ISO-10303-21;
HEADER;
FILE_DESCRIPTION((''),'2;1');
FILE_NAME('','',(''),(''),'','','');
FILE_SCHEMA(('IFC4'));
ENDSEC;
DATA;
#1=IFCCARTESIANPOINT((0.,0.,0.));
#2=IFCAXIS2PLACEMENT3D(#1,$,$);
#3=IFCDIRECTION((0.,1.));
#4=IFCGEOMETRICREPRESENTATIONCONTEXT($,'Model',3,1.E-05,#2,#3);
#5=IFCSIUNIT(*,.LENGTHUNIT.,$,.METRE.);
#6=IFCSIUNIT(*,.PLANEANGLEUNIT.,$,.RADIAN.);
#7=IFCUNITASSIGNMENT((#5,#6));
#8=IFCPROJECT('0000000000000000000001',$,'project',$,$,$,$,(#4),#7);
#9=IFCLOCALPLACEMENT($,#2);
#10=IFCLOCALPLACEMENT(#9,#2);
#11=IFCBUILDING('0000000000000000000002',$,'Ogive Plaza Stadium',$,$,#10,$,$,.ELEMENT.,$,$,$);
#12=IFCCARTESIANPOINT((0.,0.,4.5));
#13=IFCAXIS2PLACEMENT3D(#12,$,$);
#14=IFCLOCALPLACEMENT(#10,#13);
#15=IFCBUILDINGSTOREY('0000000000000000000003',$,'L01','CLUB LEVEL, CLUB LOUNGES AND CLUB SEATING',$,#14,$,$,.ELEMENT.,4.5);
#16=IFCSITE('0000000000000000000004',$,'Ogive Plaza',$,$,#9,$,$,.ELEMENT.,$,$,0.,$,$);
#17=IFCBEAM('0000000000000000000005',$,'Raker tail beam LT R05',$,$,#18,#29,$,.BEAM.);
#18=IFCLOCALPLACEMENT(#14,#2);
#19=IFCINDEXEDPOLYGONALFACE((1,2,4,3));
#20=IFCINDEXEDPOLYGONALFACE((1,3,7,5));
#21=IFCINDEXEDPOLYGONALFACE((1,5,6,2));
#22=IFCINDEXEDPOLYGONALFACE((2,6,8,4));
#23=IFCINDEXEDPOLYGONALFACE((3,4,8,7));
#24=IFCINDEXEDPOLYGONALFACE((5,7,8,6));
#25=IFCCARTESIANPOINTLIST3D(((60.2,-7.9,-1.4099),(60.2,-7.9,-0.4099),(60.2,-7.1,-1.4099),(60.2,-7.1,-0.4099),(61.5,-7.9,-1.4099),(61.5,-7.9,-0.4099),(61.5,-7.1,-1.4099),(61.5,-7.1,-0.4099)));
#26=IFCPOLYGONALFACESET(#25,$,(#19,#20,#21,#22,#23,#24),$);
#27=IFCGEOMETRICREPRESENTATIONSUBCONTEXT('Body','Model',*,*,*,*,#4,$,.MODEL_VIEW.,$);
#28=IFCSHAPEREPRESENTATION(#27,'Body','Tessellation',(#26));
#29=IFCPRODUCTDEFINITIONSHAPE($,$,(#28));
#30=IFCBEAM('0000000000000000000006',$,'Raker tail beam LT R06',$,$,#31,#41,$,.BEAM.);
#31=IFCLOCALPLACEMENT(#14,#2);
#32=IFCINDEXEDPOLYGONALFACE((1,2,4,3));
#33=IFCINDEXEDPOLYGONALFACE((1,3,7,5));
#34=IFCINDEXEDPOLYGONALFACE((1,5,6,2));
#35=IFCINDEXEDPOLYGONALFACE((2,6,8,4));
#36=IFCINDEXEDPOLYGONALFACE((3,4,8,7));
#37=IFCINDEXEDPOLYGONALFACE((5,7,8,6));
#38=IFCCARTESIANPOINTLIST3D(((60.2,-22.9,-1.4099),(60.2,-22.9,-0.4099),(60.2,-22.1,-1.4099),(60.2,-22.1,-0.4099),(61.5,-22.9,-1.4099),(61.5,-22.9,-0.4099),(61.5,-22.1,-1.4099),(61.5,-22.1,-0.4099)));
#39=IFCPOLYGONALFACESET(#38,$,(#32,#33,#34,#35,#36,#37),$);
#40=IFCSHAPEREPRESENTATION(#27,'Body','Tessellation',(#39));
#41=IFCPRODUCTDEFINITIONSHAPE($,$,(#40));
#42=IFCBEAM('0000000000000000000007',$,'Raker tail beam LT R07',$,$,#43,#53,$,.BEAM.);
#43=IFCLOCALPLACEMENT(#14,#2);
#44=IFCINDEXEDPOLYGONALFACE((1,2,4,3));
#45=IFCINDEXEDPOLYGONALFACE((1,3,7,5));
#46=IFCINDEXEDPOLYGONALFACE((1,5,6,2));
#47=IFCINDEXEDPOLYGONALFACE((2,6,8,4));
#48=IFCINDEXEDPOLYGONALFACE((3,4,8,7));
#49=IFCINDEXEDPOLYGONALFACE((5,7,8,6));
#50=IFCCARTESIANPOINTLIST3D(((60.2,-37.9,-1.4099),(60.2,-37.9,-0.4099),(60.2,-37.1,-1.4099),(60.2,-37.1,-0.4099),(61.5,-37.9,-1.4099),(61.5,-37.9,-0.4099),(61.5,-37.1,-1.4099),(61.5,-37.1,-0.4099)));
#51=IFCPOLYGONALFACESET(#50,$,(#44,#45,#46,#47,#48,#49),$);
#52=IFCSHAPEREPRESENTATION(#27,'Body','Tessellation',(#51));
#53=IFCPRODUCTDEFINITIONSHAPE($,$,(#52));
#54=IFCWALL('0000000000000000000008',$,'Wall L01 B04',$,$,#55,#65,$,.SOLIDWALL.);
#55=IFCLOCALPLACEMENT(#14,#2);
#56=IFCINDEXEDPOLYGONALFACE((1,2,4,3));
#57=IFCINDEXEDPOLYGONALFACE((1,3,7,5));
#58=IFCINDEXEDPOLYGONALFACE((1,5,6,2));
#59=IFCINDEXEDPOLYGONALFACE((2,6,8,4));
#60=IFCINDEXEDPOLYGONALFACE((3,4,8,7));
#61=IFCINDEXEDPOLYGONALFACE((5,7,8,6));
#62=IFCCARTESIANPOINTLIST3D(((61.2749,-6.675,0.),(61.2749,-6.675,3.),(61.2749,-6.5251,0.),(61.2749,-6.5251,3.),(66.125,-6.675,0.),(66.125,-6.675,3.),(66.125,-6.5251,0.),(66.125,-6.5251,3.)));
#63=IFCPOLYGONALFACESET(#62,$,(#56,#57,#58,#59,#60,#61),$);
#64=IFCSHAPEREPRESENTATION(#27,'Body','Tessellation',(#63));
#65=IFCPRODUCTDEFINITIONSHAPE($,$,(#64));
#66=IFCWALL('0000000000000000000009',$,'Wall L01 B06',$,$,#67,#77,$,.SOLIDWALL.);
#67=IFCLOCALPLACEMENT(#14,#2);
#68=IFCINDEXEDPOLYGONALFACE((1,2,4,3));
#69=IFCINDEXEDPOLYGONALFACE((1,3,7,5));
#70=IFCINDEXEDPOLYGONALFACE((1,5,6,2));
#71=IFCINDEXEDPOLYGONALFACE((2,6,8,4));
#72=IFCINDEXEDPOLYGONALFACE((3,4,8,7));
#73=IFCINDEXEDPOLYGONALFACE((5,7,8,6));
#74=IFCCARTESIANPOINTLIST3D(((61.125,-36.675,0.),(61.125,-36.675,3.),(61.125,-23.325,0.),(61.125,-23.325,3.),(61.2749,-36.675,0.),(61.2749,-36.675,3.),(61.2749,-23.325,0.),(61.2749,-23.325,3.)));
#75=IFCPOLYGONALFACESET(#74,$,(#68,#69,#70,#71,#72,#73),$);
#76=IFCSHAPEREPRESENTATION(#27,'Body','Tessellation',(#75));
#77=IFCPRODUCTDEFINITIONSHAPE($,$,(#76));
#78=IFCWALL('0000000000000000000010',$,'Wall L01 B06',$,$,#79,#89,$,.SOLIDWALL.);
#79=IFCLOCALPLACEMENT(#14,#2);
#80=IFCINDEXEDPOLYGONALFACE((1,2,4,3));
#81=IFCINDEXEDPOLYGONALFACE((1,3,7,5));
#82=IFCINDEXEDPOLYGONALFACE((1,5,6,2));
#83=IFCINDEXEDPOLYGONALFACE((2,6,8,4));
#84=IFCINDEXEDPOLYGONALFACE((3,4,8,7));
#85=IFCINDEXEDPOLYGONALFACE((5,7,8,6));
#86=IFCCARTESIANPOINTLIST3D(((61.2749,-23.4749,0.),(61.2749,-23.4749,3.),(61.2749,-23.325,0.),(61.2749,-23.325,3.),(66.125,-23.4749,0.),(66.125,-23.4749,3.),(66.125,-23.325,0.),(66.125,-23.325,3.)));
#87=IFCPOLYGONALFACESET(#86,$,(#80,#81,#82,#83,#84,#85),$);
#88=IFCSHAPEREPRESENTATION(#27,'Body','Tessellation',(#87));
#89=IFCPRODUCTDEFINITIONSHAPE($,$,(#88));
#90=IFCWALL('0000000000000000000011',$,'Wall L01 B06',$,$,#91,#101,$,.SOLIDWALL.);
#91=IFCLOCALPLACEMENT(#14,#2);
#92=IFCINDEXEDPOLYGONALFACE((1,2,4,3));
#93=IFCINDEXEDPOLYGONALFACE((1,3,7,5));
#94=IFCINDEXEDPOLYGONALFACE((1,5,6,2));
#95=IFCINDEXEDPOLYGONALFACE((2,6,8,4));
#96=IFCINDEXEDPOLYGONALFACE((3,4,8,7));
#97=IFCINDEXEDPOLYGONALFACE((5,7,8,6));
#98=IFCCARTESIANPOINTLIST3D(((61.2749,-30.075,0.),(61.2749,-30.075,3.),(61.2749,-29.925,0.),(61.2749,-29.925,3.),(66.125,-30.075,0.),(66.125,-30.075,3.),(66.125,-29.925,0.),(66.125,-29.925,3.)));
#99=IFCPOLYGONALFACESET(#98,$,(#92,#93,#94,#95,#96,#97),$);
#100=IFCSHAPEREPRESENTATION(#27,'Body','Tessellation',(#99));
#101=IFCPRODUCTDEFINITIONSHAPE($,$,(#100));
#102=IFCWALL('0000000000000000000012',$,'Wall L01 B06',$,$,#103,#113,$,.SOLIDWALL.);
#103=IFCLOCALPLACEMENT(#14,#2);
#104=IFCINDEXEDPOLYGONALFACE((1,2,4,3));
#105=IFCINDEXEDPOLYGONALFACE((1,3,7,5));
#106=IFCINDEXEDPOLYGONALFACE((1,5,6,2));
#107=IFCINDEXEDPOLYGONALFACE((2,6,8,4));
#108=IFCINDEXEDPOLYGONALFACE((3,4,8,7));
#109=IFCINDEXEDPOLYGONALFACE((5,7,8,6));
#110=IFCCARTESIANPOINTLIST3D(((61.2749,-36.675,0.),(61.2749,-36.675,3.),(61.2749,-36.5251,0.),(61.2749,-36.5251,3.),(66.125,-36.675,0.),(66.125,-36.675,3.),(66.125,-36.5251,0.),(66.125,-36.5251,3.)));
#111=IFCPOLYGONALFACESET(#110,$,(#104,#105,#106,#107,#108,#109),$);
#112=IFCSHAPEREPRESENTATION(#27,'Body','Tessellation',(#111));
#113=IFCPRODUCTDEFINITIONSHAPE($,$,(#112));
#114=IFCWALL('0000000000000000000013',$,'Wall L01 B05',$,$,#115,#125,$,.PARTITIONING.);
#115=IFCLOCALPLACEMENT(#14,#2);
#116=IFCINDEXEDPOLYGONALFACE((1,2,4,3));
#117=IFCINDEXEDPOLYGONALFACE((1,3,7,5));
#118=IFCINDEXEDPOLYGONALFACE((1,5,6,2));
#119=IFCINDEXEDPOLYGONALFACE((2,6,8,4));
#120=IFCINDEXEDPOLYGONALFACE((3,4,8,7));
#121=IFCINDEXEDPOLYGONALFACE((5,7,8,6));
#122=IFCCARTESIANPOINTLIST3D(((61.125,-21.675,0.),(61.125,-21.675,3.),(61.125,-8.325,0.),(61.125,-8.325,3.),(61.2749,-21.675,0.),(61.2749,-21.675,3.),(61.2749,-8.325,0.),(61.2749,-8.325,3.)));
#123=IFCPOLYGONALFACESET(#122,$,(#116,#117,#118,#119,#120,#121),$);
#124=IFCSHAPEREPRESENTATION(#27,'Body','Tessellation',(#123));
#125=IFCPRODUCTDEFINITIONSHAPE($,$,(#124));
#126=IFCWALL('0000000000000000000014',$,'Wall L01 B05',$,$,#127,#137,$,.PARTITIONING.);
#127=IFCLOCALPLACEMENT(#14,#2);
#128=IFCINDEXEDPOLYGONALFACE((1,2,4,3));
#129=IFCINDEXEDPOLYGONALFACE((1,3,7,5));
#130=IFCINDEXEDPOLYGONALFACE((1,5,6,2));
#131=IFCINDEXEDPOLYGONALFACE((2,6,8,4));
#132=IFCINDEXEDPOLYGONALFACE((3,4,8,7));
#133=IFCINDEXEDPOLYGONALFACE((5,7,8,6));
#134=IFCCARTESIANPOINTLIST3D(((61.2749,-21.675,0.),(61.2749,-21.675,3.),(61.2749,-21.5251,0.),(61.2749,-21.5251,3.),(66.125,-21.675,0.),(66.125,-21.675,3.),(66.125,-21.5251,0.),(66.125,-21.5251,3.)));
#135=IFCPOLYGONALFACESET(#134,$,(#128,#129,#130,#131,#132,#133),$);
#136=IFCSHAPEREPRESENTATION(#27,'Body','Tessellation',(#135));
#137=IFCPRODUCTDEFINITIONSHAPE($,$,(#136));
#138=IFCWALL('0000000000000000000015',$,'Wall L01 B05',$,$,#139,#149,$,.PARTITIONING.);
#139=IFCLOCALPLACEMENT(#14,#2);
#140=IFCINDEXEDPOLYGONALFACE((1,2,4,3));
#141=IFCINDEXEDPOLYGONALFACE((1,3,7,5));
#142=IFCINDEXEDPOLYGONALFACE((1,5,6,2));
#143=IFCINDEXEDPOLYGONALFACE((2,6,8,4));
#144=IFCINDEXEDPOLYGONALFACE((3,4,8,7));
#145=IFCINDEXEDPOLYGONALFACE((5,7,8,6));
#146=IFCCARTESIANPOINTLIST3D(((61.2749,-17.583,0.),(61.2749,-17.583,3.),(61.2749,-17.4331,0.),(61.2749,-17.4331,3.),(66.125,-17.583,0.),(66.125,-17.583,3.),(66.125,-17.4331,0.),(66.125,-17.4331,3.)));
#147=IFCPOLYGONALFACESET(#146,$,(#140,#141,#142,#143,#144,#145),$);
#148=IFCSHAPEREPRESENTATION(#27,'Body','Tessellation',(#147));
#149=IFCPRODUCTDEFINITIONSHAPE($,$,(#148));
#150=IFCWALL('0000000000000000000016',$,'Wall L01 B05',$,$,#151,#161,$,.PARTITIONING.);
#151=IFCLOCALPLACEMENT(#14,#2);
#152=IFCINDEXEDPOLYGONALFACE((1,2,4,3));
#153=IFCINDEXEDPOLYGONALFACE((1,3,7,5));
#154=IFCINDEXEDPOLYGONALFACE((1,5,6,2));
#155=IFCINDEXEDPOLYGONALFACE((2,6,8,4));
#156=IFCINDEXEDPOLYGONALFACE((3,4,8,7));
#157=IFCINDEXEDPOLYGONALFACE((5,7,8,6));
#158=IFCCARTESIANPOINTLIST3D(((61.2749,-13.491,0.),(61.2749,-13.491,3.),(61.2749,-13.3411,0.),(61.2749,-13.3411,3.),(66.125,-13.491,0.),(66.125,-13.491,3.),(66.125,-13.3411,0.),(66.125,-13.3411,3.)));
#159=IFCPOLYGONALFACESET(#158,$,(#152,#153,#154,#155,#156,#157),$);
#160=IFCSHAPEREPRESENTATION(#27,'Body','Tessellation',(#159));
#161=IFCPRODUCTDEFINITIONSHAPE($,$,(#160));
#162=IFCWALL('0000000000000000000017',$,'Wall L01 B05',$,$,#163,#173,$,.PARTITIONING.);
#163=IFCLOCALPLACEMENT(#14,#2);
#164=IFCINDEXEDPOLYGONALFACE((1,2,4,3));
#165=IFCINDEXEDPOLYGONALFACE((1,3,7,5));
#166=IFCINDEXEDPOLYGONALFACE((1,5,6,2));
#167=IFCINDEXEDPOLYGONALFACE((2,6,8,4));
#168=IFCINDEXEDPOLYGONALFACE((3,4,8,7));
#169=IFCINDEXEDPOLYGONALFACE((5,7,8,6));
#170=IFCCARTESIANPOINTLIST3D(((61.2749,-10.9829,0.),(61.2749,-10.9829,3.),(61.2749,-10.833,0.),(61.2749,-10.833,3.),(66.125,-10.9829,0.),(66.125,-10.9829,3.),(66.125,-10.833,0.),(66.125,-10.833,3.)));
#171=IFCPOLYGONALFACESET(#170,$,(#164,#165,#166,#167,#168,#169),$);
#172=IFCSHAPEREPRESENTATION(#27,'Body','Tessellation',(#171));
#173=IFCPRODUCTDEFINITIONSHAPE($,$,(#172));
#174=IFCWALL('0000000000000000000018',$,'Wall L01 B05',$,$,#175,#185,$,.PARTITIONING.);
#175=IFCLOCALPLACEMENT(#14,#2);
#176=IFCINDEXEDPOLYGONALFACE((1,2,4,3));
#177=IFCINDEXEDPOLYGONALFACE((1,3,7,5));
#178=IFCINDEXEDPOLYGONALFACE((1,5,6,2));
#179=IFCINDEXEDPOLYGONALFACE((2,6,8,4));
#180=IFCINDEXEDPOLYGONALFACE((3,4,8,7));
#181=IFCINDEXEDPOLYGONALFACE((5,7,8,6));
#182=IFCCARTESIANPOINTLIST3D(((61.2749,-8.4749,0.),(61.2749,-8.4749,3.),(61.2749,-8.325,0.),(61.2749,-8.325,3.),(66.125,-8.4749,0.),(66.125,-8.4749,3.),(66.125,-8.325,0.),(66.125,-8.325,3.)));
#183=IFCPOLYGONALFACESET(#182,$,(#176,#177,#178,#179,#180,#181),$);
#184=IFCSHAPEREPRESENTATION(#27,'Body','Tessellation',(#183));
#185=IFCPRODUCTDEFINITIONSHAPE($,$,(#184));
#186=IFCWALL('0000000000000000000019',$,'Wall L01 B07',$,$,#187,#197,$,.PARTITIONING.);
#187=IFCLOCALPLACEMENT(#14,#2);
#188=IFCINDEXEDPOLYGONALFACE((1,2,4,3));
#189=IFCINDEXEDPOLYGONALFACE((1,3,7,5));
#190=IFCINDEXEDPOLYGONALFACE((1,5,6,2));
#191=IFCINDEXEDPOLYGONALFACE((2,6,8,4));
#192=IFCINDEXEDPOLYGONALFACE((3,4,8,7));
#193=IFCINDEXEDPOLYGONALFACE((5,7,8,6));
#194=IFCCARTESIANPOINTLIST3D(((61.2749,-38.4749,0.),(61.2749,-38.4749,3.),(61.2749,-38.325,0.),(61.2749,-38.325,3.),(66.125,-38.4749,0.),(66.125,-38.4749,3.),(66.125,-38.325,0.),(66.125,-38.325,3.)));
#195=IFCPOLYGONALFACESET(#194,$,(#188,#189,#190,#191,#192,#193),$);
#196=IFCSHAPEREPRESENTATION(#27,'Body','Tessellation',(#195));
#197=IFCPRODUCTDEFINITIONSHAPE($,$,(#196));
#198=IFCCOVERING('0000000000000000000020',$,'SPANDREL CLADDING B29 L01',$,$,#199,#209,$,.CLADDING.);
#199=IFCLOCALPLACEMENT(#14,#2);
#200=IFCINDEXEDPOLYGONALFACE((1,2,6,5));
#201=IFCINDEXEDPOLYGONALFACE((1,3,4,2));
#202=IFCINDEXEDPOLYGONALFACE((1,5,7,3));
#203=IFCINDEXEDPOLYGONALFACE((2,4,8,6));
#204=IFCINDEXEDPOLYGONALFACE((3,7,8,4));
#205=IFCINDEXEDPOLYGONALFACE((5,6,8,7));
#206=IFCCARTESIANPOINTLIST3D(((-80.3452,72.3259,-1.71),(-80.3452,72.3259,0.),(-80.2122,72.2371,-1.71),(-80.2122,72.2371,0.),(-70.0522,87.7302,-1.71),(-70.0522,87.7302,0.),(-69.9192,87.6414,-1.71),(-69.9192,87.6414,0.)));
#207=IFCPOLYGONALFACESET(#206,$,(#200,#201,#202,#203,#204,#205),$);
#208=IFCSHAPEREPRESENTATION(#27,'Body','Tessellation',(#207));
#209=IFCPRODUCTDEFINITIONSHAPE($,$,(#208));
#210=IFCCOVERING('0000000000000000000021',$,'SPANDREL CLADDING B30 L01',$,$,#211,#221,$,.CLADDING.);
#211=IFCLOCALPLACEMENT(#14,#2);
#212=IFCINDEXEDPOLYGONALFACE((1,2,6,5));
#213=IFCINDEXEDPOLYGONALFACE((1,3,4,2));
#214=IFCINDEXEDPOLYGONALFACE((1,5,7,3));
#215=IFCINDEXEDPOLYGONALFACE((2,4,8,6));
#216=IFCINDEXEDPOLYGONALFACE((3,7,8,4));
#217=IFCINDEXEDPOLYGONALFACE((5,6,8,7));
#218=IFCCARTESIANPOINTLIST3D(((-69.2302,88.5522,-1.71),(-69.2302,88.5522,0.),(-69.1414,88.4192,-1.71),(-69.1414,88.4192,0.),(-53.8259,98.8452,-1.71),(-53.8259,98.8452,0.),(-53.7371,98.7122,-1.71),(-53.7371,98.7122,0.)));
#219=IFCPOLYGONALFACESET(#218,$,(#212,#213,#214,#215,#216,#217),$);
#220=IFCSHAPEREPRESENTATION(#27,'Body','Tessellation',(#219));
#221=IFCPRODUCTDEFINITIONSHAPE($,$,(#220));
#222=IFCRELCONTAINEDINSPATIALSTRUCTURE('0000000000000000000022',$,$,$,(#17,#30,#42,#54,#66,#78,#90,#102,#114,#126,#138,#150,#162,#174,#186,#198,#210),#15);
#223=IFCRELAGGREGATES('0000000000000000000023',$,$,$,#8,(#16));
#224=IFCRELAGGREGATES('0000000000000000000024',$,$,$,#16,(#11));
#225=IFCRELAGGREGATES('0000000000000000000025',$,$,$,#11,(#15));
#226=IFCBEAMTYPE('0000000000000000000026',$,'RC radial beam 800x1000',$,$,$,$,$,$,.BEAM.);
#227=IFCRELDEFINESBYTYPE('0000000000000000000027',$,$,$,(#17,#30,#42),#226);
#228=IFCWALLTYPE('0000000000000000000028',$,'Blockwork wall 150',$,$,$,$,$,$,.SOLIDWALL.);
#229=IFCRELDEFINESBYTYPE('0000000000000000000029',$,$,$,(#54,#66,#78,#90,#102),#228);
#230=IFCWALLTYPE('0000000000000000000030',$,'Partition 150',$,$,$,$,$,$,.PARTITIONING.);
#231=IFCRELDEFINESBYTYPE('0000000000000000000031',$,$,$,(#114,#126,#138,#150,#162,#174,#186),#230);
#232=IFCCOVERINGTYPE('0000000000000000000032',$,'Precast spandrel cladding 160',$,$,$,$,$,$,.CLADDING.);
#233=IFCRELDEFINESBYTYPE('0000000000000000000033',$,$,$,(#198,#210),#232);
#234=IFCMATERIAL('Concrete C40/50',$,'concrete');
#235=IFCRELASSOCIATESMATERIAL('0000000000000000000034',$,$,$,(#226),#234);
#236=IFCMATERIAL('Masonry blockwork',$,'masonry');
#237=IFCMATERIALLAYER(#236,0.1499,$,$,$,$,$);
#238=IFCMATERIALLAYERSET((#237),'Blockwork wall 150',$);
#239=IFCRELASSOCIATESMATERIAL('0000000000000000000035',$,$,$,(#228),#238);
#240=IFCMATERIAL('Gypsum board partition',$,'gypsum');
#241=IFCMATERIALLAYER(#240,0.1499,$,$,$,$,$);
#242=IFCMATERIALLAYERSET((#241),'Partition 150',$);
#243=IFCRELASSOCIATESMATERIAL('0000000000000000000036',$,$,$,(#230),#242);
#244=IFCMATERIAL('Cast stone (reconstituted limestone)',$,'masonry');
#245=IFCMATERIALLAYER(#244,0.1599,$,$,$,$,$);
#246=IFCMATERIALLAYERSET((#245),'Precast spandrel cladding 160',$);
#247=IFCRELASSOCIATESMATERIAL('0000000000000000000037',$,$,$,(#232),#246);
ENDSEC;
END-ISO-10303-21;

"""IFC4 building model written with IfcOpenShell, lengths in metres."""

from ifc_helpers import new_model, si_unit, direction, frame, frame_2d, origin, origin_2d, place, context, subcontext, project, spatial, polyline, rectangle, outline, extrude, material, layer, layer_set, material_profile, profile_set, type_object, element, save


model = new_model("IFC4")

# Units and contexts
model_context = context("Model", 3, precision=1e-05, world=origin(), true_north=direction((0.0, 1.0)))
body_context = subcontext(model_context, "Body", "Model", "MODEL_VIEW")
ifc_project = project(units=[si_unit("LENGTHUNIT", "METRE"), si_unit("PLANEANGLEUNIT", "RADIAN")], contexts=[model_context])

# Site, building, storey
site_placement = place(None, origin())
site = spatial("IfcSite", under=ifc_project, at=site_placement, Name="Ogive Plaza", CompositionType="ELEMENT", RefElevation=0.0)
building_placement = place(site_placement, origin())
building = spatial("IfcBuilding", under=site, at=building_placement, Name="Ogive Plaza Stadium", CompositionType="ELEMENT")
storey_placement = place(building_placement, frame((0.0, 0.0, 4.5)))
storey = spatial("IfcBuildingStorey", under=building, at=storey_placement, Name="L01", Description="CLUB LEVEL, CLUB LOUNGES AND CLUB SEATING", CompositionType="ELEMENT", Elevation=4.5)

# Beams
ifc_material_1 = material(Name="Concrete C40/50", Category="concrete")
ifc_material_profile = material_profile(ifc_material_1, rectangle(XDim=0.8, YDim=1.0, at=origin_2d()), Name="RC 800x1000")
ifc_profile_set = profile_set([ifc_material_profile], Name="Concrete C40/50")
beam_type = type_object("IfcBeamType", Name="RC radial beam 800x1000", PredefinedType="BEAM", material=ifc_profile_set)
for number, where, z_axis, x_axis, name in (
    (1, (60.2, -7.5, -0.9099), (1.0, 0.0, 0.0), (0.0, 1.0, 0.0), "Raker tail beam LT R05"),
    (2, (60.2, -22.5, -0.9099), (1.0, 0.0, 0.0), (0.0, 1.0, 0.0), "Raker tail beam LT R06"),
    (3, (60.2, -37.5, -0.9099), (1.0, 0.0, 0.0), (0.0, 1.0, 0.0), "Raker tail beam LT R07"),
):
    element("IfcBeam", number, at=place(storey_placement, frame(where, z_axis=z_axis, x_axis=x_axis)), inside=storey, type_object=beam_type, Name=name, PredefinedType="BEAM", context=body_context, shape_type="SweptSolid", body=[
        extrude(rectangle(XDim=0.8, YDim=1.0, at=origin_2d()), origin(), (0.0, 0.0, 1.0), 1.3),
    ])

# Walls
ifc_material_2 = material(Name="Masonry blockwork", Category="masonry")
ifc_layer_1 = layer(ifc_material_2, 0.1499)
ifc_layer_set_1 = layer_set([ifc_layer_1], Name="Blockwork wall 150")
wall_type_1 = type_object("IfcWallType", Name="Blockwork wall 150", PredefinedType="SOLIDWALL", material=ifc_layer_set_1)
wall_1_placement = place(storey_placement, frame((61.2749, -6.6001, 0.0), z_axis=(0.0, 0.0, 1.0), x_axis=(1.0, 0.0, 0.0)))
element("IfcWall", 4, at=wall_1_placement, inside=storey, type_object=wall_type_1, Name="Wall L01 B04", PredefinedType="SOLIDWALL", context=body_context, shape_type="SweptSolid", body=[
    extrude(rectangle(XDim=4.8501, YDim=0.1499, at=frame_2d((2.425, 0.0))), origin(), (0.0, 0.0, 1.0), 3.0),
])
wall_2_placement = place(storey_placement, frame((61.2, -23.325, 0.0), z_axis=(0.0, 0.0, 1.0), x_axis=(0.0, -1.0, 0.0)))
element("IfcWall", 5, at=wall_2_placement, inside=storey, type_object=wall_type_1, Name="Wall L01 B06", PredefinedType="SOLIDWALL", context=body_context, shape_type="SweptSolid", body=[
    extrude(rectangle(XDim=13.3501, YDim=0.1499, at=frame_2d((6.675, 0.0))), origin(), (0.0, 0.0, 1.0), 3.0),
])
for number, where, z_axis, x_axis, name in (
    (6, (61.2749, -23.3999, 0.0), (0.0, 0.0, 1.0), (1.0, 0.0, 0.0), "Wall L01 B06"),
    (7, (61.2749, -30.0, 0.0), (0.0, 0.0, 1.0), (1.0, 0.0, 0.0), "Wall L01 B06"),
    (8, (61.2749, -36.6001, 0.0), (0.0, 0.0, 1.0), (1.0, 0.0, 0.0), "Wall L01 B06"),
):
    element("IfcWall", number, at=place(storey_placement, frame(where, z_axis=z_axis, x_axis=x_axis)), inside=storey, type_object=wall_type_1, Name=name, PredefinedType="SOLIDWALL", context=body_context, shape_type="SweptSolid", body=[
        extrude(rectangle(XDim=4.8501, YDim=0.1499, at=frame_2d((2.425, 0.0))), origin(), (0.0, 0.0, 1.0), 3.0),
    ])
ifc_material_3 = material(Name="Gypsum board partition", Category="gypsum")
ifc_layer_2 = layer(ifc_material_3, 0.1499)
ifc_layer_set_2 = layer_set([ifc_layer_2], Name="Partition 150")
wall_type_2 = type_object("IfcWallType", Name="Partition 150", PredefinedType="PARTITIONING", material=ifc_layer_set_2)
wall_3_placement = place(storey_placement, frame((61.2, -21.675, 0.0), z_axis=(0.0, 0.0, 1.0), x_axis=(0.0, 1.0, 0.0)))
element("IfcWall", 9, at=wall_3_placement, inside=storey, type_object=wall_type_2, Name="Wall L01 B05", PredefinedType="PARTITIONING", context=body_context, shape_type="SweptSolid", body=[
    extrude(rectangle(XDim=13.3501, YDim=0.1499, at=frame_2d((6.675, 0.0))), origin(), (0.0, 0.0, 1.0), 3.0),
])
for number, where, z_axis, x_axis, name in (
    (10, (61.2749, -21.6001, 0.0), (0.0, 0.0, 1.0), (1.0, 0.0, 0.0), "Wall L01 B05"),
    (11, (61.2749, -17.5081, 0.0), (0.0, 0.0, 1.0), (1.0, 0.0, 0.0), "Wall L01 B05"),
    (12, (61.2749, -13.416, 0.0), (0.0, 0.0, 1.0), (1.0, 0.0, 0.0), "Wall L01 B05"),
    (13, (61.2749, -10.908, 0.0), (0.0, 0.0, 1.0), (1.0, 0.0, 0.0), "Wall L01 B05"),
    (14, (61.2749, -8.3999, 0.0), (0.0, 0.0, 1.0), (1.0, 0.0, 0.0), "Wall L01 B05"),
    (15, (61.2749, -38.3999, 0.0), (0.0, 0.0, 1.0), (1.0, 0.0, 0.0), "Wall L01 B07"),
):
    element("IfcWall", number, at=place(storey_placement, frame(where, z_axis=z_axis, x_axis=x_axis)), inside=storey, type_object=wall_type_2, Name=name, PredefinedType="PARTITIONING", context=body_context, shape_type="SweptSolid", body=[
        extrude(rectangle(XDim=4.8501, YDim=0.1499, at=frame_2d((2.425, 0.0))), origin(), (0.0, 0.0, 1.0), 3.0),
    ])

# Coverings
ifc_material_4 = material(Name="Cast stone (reconstituted limestone)", Category="masonry")
ifc_layer_3 = layer(ifc_material_4, 0.1599)
ifc_layer_set_3 = layer_set([ifc_layer_3], Name="Precast spandrel cladding 160")
covering_type = type_object("IfcCoveringType", Name="Precast spandrel cladding 160", PredefinedType="CLADDING", material=ifc_layer_set_3)
covering_1_placement = place(storey_placement, frame((0.0, 0.0, -1.71)))
element("IfcCovering", 16, at=covering_1_placement, inside=storey, type_object=covering_type, Name="SPANDREL CLADDING B29 L01", PredefinedType="CLADDING", context=body_context, shape_type="SweptSolid", body=[
    extrude(outline(polyline([(-80.2122, 72.2371), (-69.9192, 87.6414), (-70.0522, 87.7302), (-80.3452, 72.3259), (-80.2122, 72.2371)])), origin(), (0.0, 0.0, 1.0), 1.71),
])
covering_2_placement = place(storey_placement, frame((0.0, 0.0, -1.71)))
element("IfcCovering", 17, at=covering_2_placement, inside=storey, type_object=covering_type, Name="SPANDREL CLADDING B30 L01", PredefinedType="CLADDING", context=body_context, shape_type="SweptSolid", body=[
    extrude(outline(polyline([(-69.1414, 88.4192), (-53.7371, 98.7122), (-53.8259, 98.8452), (-69.2302, 88.5522), (-69.1414, 88.4192)])), origin(), (0.0, 0.0, 1.0), 1.71),
])

save(model, "model.ifc")
